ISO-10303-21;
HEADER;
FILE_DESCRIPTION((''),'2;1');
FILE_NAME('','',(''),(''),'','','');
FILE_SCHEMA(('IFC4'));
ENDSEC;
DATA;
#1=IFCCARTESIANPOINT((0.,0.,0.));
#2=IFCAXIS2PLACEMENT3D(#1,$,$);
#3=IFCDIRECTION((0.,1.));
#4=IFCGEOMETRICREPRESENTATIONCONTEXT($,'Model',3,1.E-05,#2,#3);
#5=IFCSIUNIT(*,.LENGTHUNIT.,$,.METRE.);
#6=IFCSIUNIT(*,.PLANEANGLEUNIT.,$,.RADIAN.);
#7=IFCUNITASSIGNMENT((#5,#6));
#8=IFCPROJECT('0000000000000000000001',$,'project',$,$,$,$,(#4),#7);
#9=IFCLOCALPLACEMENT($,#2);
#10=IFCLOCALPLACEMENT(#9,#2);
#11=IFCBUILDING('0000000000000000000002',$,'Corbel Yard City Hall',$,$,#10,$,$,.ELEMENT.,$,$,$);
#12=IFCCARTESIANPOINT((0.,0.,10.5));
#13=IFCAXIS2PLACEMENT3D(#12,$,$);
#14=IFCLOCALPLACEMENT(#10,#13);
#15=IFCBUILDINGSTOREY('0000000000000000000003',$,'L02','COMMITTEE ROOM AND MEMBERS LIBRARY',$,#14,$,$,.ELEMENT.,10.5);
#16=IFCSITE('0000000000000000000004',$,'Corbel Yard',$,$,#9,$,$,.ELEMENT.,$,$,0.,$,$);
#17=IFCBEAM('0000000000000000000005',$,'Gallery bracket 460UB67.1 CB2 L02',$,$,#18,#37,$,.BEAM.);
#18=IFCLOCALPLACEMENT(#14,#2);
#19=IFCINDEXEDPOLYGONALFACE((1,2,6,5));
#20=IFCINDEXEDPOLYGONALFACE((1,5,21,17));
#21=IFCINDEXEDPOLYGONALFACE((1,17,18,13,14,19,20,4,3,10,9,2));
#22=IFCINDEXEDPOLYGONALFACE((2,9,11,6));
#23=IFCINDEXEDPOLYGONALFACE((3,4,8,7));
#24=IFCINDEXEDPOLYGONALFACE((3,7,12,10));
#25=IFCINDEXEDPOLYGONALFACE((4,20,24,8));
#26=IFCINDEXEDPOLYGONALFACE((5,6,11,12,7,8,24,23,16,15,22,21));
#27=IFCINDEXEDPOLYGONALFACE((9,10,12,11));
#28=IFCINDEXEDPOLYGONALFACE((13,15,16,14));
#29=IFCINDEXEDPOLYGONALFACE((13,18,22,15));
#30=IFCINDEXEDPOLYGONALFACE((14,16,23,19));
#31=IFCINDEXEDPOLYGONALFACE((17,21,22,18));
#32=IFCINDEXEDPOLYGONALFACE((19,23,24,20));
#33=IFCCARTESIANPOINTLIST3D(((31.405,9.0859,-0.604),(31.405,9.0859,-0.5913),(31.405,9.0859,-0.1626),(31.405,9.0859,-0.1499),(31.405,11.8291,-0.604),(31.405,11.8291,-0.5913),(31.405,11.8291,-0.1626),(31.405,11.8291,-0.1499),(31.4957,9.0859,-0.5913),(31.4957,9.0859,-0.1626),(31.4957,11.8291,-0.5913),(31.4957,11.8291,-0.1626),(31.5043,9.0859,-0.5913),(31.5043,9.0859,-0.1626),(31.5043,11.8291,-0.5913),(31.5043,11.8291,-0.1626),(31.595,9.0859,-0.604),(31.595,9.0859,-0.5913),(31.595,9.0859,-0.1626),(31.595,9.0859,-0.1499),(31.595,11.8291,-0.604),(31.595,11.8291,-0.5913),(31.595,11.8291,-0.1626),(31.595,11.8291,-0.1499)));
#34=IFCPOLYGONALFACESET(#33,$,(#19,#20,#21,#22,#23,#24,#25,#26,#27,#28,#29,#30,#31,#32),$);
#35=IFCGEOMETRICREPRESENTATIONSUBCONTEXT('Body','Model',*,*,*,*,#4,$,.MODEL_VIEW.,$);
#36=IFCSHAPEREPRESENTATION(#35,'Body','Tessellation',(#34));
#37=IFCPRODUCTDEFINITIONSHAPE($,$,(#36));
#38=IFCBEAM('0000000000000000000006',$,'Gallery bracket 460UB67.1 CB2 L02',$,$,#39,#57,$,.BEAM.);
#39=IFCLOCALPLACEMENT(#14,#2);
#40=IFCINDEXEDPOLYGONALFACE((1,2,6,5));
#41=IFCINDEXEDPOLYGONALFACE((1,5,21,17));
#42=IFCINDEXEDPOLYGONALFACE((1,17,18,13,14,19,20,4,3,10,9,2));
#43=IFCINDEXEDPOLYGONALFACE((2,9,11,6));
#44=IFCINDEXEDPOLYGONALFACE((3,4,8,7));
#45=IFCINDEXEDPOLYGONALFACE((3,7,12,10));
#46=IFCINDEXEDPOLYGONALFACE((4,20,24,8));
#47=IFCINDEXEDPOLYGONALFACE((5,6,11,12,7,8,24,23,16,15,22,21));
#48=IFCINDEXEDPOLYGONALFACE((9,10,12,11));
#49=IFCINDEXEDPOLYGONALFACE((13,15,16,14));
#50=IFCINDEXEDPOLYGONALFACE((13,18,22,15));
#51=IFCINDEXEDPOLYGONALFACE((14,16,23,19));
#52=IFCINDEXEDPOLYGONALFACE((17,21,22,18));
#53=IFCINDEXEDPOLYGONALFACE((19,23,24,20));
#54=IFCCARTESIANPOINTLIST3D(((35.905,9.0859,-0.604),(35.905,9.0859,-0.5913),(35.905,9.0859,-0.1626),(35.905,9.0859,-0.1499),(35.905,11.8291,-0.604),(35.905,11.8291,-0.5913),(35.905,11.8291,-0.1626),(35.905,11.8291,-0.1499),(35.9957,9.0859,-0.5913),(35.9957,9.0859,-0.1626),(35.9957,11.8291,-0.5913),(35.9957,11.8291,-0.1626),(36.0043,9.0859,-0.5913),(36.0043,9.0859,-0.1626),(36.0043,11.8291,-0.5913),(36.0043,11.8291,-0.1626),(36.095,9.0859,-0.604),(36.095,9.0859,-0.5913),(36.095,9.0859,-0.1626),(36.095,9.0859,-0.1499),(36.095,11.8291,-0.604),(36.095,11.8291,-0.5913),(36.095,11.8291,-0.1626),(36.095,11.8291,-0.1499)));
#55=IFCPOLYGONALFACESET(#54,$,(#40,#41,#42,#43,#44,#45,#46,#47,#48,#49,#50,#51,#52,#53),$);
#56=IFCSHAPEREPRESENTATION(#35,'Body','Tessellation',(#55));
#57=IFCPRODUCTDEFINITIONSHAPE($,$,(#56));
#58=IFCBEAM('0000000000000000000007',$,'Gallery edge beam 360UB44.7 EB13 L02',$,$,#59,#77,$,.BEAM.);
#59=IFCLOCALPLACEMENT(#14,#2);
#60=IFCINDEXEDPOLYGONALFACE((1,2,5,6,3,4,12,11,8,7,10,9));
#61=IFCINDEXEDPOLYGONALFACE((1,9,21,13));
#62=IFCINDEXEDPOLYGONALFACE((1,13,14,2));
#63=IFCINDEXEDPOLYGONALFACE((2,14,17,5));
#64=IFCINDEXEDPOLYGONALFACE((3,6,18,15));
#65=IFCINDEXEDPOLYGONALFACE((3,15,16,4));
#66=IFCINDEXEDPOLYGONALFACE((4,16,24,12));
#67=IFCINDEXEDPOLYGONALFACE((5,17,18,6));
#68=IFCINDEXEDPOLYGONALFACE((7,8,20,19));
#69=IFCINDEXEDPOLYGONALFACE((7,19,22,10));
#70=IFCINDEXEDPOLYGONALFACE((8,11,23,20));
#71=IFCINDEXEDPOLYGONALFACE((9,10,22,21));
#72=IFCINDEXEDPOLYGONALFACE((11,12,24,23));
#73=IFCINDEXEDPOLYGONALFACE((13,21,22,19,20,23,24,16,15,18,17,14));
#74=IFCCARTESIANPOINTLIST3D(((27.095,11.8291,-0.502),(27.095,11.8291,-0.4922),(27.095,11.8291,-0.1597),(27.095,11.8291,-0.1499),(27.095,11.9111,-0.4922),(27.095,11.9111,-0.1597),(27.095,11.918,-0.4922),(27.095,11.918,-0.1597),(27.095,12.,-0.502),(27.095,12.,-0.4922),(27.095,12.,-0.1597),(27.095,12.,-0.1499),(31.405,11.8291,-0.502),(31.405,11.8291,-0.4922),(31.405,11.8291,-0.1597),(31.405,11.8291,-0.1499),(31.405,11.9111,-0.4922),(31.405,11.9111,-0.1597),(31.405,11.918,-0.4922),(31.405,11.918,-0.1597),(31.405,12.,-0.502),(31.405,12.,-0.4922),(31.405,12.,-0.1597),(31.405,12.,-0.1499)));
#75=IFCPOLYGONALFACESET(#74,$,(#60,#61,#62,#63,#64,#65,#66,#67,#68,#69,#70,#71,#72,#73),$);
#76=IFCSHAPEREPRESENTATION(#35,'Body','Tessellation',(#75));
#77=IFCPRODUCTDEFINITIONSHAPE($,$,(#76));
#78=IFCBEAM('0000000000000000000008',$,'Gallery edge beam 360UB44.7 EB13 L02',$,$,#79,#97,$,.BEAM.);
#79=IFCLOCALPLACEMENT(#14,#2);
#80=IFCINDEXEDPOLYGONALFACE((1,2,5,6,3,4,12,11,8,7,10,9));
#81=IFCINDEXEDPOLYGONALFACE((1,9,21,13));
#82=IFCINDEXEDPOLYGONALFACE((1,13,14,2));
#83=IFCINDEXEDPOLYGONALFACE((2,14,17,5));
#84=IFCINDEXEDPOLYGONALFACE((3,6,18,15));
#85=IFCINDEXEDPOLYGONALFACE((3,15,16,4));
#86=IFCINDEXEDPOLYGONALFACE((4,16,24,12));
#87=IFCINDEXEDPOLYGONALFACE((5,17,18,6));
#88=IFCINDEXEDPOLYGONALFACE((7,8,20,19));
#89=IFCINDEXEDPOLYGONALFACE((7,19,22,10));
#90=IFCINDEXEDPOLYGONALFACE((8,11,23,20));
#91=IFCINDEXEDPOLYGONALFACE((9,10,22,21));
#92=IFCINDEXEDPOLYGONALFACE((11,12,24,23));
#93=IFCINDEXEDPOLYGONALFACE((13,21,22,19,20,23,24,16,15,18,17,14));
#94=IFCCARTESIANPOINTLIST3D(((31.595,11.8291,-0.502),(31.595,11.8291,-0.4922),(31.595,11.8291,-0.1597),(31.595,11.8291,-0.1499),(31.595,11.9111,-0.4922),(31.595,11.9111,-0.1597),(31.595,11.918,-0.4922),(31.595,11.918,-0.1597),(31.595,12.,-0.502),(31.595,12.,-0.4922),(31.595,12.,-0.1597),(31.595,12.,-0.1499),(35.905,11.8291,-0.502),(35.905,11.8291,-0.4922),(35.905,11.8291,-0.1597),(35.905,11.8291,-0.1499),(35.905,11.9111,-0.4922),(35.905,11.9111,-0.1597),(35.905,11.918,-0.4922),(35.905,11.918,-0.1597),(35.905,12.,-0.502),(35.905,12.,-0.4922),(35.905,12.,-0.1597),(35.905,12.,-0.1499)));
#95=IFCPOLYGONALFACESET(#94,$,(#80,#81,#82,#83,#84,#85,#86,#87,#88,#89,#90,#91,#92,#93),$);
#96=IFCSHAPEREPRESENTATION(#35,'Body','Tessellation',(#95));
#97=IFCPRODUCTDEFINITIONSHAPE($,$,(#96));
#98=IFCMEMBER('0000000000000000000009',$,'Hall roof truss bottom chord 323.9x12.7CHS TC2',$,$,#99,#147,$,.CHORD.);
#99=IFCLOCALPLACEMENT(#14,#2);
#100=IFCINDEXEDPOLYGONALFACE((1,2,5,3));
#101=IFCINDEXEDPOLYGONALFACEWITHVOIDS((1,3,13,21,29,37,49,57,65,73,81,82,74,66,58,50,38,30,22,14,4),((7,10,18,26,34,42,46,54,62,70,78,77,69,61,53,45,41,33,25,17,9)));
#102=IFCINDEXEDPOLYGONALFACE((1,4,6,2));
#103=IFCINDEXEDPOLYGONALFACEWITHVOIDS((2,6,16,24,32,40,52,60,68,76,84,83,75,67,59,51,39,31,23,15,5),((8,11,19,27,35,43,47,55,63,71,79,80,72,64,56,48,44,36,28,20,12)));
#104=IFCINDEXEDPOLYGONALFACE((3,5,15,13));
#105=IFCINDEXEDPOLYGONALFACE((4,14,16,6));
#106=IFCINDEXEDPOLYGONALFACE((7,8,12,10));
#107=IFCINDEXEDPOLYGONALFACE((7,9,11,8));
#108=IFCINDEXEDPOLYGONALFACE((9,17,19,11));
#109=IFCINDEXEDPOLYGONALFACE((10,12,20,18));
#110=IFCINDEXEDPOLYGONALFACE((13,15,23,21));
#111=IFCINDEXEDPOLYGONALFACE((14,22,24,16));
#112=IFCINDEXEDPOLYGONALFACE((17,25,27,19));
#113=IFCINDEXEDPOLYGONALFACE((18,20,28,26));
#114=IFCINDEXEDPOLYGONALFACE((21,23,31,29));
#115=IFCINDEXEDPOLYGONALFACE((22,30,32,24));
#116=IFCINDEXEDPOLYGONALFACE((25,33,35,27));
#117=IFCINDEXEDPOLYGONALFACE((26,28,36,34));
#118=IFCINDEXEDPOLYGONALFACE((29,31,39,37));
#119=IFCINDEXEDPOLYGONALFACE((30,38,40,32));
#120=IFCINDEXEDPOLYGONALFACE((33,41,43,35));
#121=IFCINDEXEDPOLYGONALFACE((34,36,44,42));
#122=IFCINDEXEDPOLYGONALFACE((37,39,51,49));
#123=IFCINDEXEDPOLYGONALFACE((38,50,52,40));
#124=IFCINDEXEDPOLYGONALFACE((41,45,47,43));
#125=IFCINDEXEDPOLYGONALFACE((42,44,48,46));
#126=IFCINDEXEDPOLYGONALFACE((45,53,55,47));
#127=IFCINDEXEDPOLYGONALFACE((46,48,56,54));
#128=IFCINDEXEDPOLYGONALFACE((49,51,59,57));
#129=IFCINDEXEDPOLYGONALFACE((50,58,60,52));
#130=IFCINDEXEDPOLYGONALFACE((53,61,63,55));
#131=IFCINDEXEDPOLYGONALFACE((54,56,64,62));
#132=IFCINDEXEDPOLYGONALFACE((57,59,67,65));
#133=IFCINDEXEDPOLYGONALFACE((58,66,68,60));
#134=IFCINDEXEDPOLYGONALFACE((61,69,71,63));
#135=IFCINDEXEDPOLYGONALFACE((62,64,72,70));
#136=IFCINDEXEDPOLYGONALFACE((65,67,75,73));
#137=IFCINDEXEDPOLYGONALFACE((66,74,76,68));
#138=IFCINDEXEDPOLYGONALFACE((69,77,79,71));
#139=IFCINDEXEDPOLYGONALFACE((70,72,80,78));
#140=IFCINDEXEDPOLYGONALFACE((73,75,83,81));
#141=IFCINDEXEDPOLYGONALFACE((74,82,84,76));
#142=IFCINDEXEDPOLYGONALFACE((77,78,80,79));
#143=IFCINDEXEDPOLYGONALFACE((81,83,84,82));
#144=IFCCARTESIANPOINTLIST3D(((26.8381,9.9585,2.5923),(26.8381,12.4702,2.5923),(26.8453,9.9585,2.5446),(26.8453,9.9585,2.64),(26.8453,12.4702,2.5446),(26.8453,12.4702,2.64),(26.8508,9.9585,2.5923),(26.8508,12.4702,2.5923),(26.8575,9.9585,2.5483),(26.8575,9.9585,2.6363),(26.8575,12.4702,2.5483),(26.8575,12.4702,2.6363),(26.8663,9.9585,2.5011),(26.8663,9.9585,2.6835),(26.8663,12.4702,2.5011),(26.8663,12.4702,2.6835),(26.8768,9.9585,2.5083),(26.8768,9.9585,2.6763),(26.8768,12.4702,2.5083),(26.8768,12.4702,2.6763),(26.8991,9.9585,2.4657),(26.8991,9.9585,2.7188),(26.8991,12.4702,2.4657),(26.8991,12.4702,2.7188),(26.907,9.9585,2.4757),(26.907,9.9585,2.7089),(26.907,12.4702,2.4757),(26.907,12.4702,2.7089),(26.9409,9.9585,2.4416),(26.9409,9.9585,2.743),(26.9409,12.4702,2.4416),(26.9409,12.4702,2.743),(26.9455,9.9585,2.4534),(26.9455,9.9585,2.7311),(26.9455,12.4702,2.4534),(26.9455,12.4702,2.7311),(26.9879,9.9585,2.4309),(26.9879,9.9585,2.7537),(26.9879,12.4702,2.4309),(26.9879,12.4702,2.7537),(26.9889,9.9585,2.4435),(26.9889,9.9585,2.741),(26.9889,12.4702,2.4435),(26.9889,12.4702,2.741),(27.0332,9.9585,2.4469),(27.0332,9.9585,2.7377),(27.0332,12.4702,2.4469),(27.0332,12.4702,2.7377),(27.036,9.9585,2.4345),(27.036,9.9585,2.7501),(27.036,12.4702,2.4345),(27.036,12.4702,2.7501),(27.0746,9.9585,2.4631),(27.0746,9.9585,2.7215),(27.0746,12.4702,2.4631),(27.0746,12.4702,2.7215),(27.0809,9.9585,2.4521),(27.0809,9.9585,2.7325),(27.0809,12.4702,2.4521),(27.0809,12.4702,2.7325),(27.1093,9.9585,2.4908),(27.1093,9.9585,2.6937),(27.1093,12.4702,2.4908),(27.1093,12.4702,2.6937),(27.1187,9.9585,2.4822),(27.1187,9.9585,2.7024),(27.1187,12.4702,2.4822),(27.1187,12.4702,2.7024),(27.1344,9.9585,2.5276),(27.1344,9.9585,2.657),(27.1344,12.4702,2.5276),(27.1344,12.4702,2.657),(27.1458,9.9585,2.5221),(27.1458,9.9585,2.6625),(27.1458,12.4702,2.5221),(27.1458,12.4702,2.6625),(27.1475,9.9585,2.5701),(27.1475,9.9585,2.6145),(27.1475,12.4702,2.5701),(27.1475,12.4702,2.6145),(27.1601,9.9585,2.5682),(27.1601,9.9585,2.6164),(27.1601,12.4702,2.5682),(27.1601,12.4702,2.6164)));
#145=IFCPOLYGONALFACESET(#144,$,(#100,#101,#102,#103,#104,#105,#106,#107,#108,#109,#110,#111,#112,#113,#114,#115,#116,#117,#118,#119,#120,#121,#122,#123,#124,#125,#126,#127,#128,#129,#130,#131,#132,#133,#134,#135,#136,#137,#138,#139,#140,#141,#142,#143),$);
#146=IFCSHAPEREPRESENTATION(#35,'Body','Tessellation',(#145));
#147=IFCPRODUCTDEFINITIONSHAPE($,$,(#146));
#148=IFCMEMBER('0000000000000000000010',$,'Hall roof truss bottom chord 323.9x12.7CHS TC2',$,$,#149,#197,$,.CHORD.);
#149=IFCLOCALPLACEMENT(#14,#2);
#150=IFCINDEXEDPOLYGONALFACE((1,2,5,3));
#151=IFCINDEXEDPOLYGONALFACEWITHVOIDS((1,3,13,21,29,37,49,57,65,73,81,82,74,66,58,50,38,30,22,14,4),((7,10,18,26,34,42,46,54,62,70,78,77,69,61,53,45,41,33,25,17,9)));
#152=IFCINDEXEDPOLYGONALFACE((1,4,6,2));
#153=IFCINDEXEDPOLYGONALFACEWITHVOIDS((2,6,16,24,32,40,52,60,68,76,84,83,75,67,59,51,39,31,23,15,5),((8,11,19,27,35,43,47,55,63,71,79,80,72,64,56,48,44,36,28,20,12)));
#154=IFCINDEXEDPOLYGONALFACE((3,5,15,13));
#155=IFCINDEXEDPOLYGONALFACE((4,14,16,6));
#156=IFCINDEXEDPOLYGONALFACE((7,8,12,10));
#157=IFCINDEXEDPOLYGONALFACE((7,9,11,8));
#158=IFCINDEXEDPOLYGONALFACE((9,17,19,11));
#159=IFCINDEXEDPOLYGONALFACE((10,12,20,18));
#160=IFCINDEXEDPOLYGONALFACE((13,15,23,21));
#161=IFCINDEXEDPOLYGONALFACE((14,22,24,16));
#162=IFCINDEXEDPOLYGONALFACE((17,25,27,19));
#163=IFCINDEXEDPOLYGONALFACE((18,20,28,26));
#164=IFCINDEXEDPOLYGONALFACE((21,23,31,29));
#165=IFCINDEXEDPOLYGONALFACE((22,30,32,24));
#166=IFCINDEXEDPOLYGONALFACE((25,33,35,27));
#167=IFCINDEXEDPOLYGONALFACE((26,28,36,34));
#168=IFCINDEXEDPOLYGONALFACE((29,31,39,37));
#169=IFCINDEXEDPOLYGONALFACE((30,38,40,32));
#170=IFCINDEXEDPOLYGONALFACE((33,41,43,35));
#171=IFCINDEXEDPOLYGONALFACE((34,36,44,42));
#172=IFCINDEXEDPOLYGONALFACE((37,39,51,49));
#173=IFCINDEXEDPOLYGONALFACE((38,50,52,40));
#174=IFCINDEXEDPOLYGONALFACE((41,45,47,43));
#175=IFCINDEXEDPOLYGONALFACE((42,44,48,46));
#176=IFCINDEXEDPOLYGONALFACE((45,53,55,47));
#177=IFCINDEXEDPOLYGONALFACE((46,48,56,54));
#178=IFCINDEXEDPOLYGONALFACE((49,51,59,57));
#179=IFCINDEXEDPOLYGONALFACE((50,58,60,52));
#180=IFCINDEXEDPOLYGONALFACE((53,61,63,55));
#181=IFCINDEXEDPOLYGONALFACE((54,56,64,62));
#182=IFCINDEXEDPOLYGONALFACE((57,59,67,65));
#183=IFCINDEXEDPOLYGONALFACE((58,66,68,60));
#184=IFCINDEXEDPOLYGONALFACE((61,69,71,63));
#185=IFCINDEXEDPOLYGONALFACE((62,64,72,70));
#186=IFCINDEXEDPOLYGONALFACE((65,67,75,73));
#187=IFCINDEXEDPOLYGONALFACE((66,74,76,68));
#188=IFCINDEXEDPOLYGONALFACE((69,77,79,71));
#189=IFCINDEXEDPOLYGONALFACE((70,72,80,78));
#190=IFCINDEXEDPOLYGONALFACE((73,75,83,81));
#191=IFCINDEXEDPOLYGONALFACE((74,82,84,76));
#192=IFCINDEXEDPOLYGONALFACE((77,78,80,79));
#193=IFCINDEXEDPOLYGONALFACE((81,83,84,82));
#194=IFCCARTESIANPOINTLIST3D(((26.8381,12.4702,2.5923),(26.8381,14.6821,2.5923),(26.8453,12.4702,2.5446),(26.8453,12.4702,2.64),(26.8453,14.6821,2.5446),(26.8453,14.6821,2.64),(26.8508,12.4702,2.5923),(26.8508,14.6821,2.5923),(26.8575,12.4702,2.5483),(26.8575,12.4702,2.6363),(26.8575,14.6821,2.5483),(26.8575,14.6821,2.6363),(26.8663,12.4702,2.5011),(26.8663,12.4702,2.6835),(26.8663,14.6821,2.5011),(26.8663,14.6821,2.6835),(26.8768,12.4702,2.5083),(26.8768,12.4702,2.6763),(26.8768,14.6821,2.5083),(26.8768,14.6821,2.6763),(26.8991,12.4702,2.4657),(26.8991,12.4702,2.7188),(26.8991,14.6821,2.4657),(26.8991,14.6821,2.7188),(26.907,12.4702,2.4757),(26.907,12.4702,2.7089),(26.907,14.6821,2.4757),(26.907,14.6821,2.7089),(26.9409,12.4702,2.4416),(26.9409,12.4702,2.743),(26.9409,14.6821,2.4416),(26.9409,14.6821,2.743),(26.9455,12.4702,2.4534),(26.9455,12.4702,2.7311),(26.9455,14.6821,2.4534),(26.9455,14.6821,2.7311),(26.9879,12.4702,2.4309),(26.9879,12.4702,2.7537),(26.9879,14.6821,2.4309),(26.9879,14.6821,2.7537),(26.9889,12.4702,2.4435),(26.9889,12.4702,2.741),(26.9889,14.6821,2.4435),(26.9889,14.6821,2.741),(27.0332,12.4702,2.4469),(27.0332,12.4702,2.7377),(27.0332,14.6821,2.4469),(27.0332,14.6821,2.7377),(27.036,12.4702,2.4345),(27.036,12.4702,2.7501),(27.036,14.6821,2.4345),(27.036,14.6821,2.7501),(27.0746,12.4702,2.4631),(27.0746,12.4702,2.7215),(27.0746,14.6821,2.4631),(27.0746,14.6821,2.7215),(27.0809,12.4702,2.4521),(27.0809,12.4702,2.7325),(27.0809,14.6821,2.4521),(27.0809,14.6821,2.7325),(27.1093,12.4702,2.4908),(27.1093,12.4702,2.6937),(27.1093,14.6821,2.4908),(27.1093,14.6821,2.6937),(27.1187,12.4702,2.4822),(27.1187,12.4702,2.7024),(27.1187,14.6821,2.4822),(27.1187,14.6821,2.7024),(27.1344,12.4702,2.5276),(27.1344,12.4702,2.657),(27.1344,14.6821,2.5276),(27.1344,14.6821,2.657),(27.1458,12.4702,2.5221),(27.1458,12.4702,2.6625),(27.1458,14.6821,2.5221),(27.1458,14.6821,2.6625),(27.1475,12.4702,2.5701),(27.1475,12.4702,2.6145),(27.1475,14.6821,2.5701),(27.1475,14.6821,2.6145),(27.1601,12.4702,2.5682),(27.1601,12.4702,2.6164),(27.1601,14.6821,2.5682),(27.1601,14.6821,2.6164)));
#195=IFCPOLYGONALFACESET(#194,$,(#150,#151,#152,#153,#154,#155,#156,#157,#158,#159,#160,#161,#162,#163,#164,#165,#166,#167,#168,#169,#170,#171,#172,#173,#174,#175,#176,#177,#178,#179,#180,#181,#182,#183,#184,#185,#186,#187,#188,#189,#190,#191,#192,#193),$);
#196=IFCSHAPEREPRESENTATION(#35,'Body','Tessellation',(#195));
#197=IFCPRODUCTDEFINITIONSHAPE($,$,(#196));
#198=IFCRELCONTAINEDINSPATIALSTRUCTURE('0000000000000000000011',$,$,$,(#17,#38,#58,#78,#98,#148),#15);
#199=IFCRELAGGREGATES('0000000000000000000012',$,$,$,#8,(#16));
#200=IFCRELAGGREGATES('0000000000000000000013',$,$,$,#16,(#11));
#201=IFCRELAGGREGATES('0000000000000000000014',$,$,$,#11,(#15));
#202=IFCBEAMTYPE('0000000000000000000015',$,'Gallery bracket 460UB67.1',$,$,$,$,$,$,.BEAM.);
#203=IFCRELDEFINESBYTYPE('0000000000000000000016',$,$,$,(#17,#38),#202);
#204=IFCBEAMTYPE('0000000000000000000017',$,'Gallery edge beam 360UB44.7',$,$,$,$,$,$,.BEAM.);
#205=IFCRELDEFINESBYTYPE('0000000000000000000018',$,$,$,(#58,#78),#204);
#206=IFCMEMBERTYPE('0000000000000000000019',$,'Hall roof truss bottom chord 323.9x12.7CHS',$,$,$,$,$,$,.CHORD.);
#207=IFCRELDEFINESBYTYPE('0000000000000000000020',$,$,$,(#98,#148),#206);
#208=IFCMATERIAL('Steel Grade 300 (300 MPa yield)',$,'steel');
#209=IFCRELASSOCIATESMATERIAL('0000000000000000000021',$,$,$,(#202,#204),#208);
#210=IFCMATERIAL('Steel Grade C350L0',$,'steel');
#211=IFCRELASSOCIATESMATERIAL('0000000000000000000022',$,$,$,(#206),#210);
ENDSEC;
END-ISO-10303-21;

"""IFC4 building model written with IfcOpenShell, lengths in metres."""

from ifc_helpers import new_model, si_unit, direction, frame, origin, origin_2d, place, context, subcontext, project, spatial, hollow_circle, i_section, extrude, material, material_profile, profile_set, type_object, element, save


model = new_model("IFC4")

# Units and contexts
model_context = context("Model", 3, precision=1e-05, world=origin(), true_north=direction((0.0, 1.0)))
body_context = subcontext(model_context, "Body", "Model", "MODEL_VIEW")
ifc_project = project(units=[si_unit("LENGTHUNIT", "METRE"), si_unit("PLANEANGLEUNIT", "RADIAN")], contexts=[model_context])

# Site, building, storey
site_placement = place(None, origin())
site = spatial("IfcSite", under=ifc_project, at=site_placement, Name="Corbel Yard", CompositionType="ELEMENT", RefElevation=0.0)
building_placement = place(site_placement, origin())
building = spatial("IfcBuilding", under=site, at=building_placement, Name="Corbel Yard City Hall", CompositionType="ELEMENT")
storey_placement = place(building_placement, frame((0.0, 0.0, 10.5)))
storey = spatial("IfcBuildingStorey", under=building, at=storey_placement, Name="L02", Description="COMMITTEE ROOM AND MEMBERS LIBRARY", CompositionType="ELEMENT", Elevation=10.5)

# Shared definitions
ifc_material_1 = material(Name="Steel Grade 300 (300 MPa yield)", Category="steel")

# Shared definitions
ifc_material_2 = material(Name="Steel Grade C350L0", Category="steel")

# Beams
ifc_material_profile_1 = material_profile(ifc_material_1, i_section(OverallWidth=0.1899, OverallDepth=0.4541, WebThickness=0.0085, FlangeThickness=0.0127, at=origin_2d()), Name="460UB67.1")
ifc_profile_set_1 = profile_set([ifc_material_profile_1], Name="Steel Grade 300 (300 MPa yield)")
beam_type_1 = type_object("IfcBeamType", Name="Gallery bracket 460UB67.1", PredefinedType="BEAM", material=ifc_profile_set_1)
for number, where, z_axis, x_axis, name in (
    (1, (31.5, 9.0859, -0.377), (0.0, 1.0, 0.0), (-1.0, 0.0, 0.0), "Gallery bracket 460UB67.1 CB2 L02"),
    (2, (36.0, 9.0859, -0.377), (0.0, 1.0, 0.0), (-1.0, 0.0, 0.0), "Gallery bracket 460UB67.1 CB2 L02"),
):
    element("IfcBeam", number, at=place(storey_placement, frame(where, z_axis=z_axis, x_axis=x_axis)), inside=storey, type_object=beam_type_1, Name=name, PredefinedType="BEAM", context=body_context, shape_type="SweptSolid", body=[
        extrude(i_section(OverallWidth=0.1899, OverallDepth=0.4541, WebThickness=0.0085, FlangeThickness=0.0127, at=origin_2d()), origin(), (0.0, 0.0, 1.0), 2.7432),
    ])
ifc_material_profile_2 = material_profile(ifc_material_1, i_section(OverallWidth=0.1709, OverallDepth=0.3521, WebThickness=0.0068, FlangeThickness=0.0098, at=origin_2d()), Name="360UB44.7")
ifc_profile_set_2 = profile_set([ifc_material_profile_2], Name="Steel Grade 300 (300 MPa yield)")
beam_type_2 = type_object("IfcBeamType", Name="Gallery edge beam 360UB44.7", PredefinedType="BEAM", material=ifc_profile_set_2)
for number, where, z_axis, x_axis, name in (
    (3, (27.095, 11.9146, -0.3259), (1.0, 0.0, 0.0), (0.0, 1.0, 0.0), "Gallery edge beam 360UB44.7 EB13 L02"),
    (4, (31.595, 11.9146, -0.3259), (1.0, 0.0, 0.0), (0.0, 1.0, 0.0), "Gallery edge beam 360UB44.7 EB13 L02"),
):
    element("IfcBeam", number, at=place(storey_placement, frame(where, z_axis=z_axis, x_axis=x_axis)), inside=storey, type_object=beam_type_2, Name=name, PredefinedType="BEAM", context=body_context, shape_type="SweptSolid", body=[
        extrude(i_section(OverallWidth=0.1709, OverallDepth=0.3521, WebThickness=0.0068, FlangeThickness=0.0098, at=origin_2d()), origin(), (0.0, 0.0, 1.0), 4.3101),
    ])

# Members
ifc_material_profile_3 = material_profile(ifc_material_2, hollow_circle(Radius=0.1619, WallThickness=0.0127, at=origin_2d()), Name="323.9x12.7CHS")
ifc_profile_set_3 = profile_set([ifc_material_profile_3], Name="Steel Grade C350L0")
member_type_1 = type_object("IfcMemberType", Name="Hall roof truss bottom chord 323.9x12.7CHS", PredefinedType="CHORD", material=ifc_profile_set_3)
member_1_placement = place(storey_placement, frame((27.0, 9.9585, 2.5923), z_axis=(0.0, 1.0, 0.0), x_axis=(-1.0, 0.0, 0.0)))
element("IfcMember", 5, at=member_1_placement, inside=storey, type_object=member_type_1, Name="Hall roof truss bottom chord 323.9x12.7CHS TC2", PredefinedType="CHORD", context=body_context, shape_type="SweptSolid", body=[
    extrude(hollow_circle(Radius=0.1619, WallThickness=0.0127, at=origin_2d()), origin(), (0.0, 0.0, 1.0), 2.5117),
])
member_2_placement = place(storey_placement, frame((27.0, 12.4702, 2.5923), z_axis=(0.0, 1.0, 0.0), x_axis=(-1.0, 0.0, 0.0)))
element("IfcMember", 6, at=member_2_placement, inside=storey, type_object=member_type_1, Name="Hall roof truss bottom chord 323.9x12.7CHS TC2", PredefinedType="CHORD", context=body_context, shape_type="SweptSolid", body=[
    extrude(hollow_circle(Radius=0.1619, WallThickness=0.0127, at=origin_2d()), origin(), (0.0, 0.0, 1.0), 2.2119),
])

save(model, "model.ifc")
